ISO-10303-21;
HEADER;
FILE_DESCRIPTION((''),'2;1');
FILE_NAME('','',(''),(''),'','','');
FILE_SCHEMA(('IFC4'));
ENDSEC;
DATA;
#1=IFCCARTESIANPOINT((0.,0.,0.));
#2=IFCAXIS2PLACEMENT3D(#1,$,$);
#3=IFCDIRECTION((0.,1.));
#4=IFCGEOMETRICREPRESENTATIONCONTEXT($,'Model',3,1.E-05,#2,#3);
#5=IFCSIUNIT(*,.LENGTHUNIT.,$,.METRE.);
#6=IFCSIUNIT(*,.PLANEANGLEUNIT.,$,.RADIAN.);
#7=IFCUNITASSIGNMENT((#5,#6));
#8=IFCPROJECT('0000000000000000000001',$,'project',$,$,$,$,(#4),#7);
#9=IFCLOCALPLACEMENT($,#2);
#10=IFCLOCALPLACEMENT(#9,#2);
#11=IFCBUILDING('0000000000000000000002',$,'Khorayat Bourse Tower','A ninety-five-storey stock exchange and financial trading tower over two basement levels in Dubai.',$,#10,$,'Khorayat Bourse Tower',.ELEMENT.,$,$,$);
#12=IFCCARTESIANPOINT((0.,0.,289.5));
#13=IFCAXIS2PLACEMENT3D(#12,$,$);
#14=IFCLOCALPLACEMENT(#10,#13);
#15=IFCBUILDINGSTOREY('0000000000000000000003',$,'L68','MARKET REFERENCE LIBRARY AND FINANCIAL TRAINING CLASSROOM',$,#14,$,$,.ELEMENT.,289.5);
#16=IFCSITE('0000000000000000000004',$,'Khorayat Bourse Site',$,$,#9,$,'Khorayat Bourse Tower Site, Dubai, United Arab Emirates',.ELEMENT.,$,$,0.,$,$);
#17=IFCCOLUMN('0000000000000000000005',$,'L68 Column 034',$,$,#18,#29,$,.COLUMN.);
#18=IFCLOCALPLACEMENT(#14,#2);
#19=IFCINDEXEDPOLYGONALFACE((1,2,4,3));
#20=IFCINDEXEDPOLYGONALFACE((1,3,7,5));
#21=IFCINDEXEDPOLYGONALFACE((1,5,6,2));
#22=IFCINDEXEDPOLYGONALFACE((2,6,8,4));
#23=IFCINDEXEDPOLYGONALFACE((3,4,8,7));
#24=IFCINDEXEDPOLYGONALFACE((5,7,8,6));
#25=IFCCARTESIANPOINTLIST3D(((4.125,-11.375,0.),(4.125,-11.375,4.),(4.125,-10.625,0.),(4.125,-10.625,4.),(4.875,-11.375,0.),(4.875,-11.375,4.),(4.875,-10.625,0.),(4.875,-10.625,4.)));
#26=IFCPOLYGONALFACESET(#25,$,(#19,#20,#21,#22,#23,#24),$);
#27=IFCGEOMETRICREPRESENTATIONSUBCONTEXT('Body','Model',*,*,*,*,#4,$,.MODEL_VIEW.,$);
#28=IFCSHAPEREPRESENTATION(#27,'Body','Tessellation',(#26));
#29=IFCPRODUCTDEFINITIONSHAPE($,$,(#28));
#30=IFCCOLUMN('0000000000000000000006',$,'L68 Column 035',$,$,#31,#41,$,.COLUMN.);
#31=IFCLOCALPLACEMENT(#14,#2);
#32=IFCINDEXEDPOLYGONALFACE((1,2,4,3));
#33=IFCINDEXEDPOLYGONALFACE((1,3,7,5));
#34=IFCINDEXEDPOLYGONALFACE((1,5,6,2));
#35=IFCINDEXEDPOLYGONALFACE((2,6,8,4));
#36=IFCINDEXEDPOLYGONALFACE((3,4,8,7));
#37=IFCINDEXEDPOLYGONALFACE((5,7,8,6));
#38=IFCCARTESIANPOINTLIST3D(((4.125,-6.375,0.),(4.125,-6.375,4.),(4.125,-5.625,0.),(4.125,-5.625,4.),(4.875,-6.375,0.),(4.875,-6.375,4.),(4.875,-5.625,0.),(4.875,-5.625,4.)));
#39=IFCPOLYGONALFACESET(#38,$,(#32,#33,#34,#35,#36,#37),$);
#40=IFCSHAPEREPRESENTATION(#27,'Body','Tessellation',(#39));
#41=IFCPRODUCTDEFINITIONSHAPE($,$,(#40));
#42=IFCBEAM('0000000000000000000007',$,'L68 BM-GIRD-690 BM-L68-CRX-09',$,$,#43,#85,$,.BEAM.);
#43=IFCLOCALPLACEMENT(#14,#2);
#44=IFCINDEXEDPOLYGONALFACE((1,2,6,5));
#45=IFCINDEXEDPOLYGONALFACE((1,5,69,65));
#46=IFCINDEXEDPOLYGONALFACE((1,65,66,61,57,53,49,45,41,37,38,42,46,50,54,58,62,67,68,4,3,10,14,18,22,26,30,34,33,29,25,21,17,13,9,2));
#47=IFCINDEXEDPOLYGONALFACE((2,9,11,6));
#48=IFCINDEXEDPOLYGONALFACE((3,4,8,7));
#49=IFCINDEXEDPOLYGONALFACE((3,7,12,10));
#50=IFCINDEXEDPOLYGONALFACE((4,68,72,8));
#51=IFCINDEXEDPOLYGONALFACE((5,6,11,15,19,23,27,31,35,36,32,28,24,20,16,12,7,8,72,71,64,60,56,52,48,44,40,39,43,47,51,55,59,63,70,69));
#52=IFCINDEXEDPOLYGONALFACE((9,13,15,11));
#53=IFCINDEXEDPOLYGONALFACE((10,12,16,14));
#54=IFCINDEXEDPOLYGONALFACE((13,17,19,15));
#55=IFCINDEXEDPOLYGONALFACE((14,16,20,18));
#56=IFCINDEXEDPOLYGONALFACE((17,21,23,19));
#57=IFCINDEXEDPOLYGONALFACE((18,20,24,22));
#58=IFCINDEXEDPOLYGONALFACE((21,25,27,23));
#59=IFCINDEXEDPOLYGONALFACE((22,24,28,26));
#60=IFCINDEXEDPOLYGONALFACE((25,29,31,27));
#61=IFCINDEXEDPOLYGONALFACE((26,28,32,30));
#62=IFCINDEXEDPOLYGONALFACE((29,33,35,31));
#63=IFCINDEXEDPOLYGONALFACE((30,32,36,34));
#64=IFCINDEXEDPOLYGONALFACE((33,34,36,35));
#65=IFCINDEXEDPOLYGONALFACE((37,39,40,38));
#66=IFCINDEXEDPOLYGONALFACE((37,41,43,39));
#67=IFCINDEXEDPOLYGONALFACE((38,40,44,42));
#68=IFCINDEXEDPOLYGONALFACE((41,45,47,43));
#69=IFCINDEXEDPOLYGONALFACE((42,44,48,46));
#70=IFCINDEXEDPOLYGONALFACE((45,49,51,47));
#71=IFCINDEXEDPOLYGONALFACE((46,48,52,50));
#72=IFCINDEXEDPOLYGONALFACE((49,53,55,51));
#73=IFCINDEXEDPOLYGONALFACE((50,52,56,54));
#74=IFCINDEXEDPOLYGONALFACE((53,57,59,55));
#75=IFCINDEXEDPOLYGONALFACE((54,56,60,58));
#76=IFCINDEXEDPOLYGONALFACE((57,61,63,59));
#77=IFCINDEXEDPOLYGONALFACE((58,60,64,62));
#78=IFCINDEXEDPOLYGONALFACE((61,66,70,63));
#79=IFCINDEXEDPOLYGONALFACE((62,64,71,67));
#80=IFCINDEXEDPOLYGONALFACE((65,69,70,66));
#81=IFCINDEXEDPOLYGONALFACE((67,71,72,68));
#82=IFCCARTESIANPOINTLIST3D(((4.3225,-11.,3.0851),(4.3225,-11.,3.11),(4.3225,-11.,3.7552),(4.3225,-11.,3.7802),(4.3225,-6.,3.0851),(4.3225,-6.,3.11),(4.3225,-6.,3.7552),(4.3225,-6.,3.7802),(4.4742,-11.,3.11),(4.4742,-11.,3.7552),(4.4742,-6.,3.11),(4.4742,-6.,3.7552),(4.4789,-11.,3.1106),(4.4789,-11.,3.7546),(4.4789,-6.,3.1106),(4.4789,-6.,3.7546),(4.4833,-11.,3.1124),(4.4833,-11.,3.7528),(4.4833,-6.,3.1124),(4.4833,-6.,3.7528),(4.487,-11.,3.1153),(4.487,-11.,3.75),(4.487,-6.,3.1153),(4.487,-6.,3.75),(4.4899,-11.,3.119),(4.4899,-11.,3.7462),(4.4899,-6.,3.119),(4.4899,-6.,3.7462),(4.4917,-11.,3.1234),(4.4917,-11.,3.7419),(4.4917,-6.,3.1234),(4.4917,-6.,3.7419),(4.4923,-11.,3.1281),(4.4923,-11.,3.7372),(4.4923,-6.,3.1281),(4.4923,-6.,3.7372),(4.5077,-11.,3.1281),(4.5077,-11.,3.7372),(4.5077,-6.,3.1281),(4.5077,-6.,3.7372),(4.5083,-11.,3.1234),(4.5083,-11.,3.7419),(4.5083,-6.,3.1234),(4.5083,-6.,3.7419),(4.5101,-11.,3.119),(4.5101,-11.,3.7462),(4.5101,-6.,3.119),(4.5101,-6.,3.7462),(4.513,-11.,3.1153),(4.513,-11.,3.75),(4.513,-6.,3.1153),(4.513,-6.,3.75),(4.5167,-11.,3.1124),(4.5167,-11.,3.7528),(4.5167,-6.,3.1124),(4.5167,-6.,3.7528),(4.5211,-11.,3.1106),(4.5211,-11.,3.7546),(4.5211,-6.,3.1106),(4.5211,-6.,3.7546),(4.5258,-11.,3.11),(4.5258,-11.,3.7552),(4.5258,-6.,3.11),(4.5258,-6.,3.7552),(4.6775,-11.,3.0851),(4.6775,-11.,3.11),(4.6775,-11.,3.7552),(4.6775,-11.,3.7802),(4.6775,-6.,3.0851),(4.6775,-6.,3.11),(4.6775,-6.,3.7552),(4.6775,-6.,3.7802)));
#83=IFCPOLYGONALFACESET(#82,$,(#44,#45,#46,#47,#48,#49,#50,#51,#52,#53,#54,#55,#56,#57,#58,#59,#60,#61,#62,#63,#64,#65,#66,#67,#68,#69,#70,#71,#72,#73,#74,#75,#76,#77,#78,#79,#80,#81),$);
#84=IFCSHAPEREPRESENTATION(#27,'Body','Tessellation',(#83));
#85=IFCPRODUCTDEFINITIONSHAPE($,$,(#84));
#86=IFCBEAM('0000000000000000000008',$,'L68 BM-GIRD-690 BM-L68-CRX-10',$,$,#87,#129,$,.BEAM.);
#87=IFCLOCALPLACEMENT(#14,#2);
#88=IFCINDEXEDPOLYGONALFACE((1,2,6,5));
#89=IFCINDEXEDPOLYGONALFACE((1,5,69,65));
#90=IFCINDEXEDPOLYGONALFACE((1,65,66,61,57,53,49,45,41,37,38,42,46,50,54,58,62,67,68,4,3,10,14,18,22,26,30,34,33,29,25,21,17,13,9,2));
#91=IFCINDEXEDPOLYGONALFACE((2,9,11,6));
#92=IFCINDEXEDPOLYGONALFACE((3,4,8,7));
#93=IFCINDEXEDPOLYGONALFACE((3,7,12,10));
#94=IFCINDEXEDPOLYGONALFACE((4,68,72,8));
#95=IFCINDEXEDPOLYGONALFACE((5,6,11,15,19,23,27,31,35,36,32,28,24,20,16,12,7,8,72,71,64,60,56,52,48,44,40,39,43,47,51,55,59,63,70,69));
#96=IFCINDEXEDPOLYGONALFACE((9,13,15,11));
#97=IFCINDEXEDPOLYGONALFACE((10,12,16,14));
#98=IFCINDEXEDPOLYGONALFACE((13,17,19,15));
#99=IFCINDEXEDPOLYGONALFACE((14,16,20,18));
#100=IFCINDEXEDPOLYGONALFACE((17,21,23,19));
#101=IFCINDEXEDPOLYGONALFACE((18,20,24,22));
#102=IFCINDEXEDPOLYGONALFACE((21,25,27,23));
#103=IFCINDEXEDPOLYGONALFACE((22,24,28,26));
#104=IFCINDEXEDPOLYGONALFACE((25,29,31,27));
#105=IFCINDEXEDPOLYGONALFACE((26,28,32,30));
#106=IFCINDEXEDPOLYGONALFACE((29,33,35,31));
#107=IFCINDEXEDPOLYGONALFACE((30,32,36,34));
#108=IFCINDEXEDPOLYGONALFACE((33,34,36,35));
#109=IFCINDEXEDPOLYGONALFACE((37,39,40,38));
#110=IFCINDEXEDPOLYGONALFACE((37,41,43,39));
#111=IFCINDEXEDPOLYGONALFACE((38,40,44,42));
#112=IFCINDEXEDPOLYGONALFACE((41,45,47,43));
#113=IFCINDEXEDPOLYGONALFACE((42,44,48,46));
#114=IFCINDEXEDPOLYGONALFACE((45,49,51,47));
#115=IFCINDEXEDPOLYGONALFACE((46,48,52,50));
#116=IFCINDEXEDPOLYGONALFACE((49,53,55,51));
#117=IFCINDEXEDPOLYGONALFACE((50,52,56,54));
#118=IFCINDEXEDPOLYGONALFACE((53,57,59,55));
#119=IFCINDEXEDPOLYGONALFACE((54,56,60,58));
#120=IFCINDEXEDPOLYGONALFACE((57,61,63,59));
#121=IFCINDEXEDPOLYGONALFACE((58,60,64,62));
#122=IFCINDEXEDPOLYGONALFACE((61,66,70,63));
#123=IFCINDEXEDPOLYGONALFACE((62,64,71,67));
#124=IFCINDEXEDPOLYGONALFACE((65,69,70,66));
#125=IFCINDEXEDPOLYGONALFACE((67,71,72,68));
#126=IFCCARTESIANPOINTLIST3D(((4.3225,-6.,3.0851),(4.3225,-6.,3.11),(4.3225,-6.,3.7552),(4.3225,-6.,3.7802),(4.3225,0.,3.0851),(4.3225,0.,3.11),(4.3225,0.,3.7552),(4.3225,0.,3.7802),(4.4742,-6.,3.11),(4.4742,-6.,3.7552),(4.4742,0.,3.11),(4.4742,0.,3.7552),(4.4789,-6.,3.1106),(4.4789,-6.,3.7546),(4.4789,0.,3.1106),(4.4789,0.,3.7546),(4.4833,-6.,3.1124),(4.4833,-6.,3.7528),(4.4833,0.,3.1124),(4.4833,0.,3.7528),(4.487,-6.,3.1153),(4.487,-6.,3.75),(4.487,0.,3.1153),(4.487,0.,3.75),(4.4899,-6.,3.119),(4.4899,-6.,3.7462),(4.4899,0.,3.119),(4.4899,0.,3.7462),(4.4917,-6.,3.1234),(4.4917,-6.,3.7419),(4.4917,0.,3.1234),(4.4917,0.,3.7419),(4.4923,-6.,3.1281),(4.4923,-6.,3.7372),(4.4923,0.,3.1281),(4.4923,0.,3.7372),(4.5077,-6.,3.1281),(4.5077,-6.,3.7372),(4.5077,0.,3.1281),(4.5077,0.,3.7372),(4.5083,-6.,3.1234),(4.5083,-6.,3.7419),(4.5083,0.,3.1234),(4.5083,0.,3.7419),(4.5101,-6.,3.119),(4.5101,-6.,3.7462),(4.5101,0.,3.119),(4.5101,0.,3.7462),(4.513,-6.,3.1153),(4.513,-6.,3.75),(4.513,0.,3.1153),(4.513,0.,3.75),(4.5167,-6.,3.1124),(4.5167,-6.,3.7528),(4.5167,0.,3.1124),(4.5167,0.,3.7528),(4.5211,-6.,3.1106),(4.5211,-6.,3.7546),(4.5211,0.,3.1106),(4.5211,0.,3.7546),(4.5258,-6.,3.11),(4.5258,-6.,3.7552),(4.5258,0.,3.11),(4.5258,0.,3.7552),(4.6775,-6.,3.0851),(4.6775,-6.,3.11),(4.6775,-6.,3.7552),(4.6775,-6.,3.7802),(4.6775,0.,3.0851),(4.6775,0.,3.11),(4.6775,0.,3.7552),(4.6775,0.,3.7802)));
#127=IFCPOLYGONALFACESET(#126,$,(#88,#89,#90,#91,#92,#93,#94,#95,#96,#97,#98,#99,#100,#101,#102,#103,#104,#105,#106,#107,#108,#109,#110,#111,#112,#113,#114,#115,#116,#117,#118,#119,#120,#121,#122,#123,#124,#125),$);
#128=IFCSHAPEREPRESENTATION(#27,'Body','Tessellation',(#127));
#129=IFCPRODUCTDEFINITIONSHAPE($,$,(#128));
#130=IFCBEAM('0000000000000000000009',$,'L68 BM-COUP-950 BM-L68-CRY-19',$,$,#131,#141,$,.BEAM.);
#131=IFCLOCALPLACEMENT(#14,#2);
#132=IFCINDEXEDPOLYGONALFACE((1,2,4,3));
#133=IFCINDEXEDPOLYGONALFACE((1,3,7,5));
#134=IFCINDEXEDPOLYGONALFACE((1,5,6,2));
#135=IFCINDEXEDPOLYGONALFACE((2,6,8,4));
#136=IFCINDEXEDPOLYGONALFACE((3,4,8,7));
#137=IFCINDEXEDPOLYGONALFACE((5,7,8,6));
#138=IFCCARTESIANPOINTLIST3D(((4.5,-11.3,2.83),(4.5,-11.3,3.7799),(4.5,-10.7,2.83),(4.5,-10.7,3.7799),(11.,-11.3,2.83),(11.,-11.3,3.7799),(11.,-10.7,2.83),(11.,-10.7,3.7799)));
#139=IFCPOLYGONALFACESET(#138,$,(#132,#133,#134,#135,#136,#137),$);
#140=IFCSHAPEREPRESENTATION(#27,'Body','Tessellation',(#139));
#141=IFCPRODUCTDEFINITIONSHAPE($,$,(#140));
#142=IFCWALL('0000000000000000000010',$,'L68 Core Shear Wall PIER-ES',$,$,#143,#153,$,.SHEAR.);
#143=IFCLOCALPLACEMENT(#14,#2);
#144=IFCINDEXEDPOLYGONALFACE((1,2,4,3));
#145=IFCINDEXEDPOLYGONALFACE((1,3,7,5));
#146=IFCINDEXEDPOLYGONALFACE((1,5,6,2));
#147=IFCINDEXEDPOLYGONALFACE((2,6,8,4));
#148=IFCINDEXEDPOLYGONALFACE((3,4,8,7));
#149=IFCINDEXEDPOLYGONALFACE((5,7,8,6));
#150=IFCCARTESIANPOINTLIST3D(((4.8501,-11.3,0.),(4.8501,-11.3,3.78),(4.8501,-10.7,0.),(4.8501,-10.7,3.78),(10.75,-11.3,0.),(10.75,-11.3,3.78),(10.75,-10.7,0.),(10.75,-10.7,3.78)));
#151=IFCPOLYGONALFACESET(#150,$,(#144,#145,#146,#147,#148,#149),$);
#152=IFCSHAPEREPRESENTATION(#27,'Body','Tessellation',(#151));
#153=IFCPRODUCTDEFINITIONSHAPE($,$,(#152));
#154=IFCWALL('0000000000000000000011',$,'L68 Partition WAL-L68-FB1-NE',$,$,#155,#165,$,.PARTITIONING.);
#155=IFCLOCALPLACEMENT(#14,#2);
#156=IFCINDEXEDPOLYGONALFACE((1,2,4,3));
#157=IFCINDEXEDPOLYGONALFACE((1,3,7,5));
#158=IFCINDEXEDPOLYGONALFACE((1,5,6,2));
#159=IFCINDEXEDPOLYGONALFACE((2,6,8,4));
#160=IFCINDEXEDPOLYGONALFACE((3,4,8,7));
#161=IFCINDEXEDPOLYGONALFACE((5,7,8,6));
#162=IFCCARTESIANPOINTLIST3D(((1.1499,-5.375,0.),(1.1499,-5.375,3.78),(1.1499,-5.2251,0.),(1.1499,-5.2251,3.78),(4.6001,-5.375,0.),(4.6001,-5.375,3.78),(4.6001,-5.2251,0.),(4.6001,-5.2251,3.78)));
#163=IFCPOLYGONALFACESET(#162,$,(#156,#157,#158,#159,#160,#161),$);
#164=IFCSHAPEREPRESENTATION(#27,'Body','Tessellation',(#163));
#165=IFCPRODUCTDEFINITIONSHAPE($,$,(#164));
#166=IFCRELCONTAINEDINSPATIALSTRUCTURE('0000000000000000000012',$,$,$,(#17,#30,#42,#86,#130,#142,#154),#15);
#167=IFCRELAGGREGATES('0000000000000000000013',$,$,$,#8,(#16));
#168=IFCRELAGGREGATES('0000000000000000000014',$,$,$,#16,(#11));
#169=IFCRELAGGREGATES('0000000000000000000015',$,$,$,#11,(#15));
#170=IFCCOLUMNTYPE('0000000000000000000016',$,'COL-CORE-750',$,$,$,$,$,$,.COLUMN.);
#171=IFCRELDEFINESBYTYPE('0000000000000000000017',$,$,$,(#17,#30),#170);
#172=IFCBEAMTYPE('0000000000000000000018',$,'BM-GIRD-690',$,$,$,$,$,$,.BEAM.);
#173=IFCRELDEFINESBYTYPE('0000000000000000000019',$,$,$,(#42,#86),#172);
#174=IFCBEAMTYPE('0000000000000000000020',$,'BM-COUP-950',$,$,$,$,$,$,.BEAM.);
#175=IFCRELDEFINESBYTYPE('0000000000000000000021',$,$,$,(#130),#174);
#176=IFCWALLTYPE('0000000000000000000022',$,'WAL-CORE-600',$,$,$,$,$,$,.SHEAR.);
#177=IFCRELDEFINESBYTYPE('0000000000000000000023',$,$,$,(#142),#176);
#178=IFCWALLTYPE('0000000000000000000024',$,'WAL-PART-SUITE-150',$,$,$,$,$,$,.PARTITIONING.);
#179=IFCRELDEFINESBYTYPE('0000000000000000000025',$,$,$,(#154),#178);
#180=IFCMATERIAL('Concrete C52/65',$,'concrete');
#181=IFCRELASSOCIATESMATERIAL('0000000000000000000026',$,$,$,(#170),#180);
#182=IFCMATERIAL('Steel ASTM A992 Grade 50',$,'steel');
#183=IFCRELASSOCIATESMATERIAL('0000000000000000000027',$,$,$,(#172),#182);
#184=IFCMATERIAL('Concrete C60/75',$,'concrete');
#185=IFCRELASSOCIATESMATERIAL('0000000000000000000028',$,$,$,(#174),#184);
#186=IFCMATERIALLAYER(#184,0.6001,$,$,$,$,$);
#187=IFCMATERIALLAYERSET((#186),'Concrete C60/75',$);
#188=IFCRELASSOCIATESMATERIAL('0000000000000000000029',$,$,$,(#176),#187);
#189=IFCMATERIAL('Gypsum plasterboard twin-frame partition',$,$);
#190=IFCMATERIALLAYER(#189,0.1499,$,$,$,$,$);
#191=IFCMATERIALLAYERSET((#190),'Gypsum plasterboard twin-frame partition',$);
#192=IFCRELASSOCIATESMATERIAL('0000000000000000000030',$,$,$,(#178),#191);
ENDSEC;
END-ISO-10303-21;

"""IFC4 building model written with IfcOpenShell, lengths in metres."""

from ifc_helpers import new_model, si_unit, direction, frame, frame_2d, origin, origin_2d, place, context, subcontext, project, spatial, rectangle, i_section, extrude, source, transform, mapped, material, layer, layer_set, material_profile, profile_set, type_object, element, save


model = new_model("IFC4")

# Units and contexts
model_context = context("Model", 3, precision=1e-05, world=origin(), true_north=direction((0.0, 1.0)))
body_context = subcontext(model_context, "Body", "Model", "MODEL_VIEW")
ifc_project = project(units=[si_unit("LENGTHUNIT", "METRE"), si_unit("PLANEANGLEUNIT", "RADIAN")], contexts=[model_context])

# Site, building, storey
site_placement = place(None, origin())
site = spatial("IfcSite", under=ifc_project, at=site_placement, Name="Khorayat Bourse Site", LongName="Khorayat Bourse Tower Site, Dubai, United Arab Emirates", CompositionType="ELEMENT", RefElevation=0.0)
building_placement = place(site_placement, origin())
building = spatial("IfcBuilding", under=site, at=building_placement, Name="Khorayat Bourse Tower", Description="A ninety-five-storey stock exchange and financial trading tower over two basement levels in Dubai.", LongName="Khorayat Bourse Tower", CompositionType="ELEMENT")
storey_placement = place(building_placement, frame((0.0, 0.0, 289.5)))
storey = spatial("IfcBuildingStorey", under=building, at=storey_placement, Name="L68", Description="MARKET REFERENCE LIBRARY AND FINANCIAL TRAINING CLASSROOM", CompositionType="ELEMENT", Elevation=289.5)

# Columns
ifc_material_1 = material(Name="Concrete C52/65", Category="concrete")
ifc_material_profile_1 = material_profile(ifc_material_1, rectangle(XDim=0.75, YDim=0.75, at=origin_2d()), Name="RC 750x750")
ifc_profile_set_1 = profile_set([ifc_material_profile_1], Name="Concrete C52/65")
column_type = type_object("IfcColumnType", Name="COL-CORE-750", PredefinedType="COLUMN", material=ifc_profile_set_1)
shared_shape_1 = source(origin(), body_context, "Body", "SweptSolid", [
    extrude(rectangle(XDim=0.75, YDim=0.75, at=origin_2d()), origin(), (0.0, 0.0, 1.0), 4.0),
])
for number, where, z_axis, x_axis, name in (
    (1, (4.5, -11.0, 0.0), (0.0, 0.0, 1.0), (1.0, 0.0, 0.0), "L68 Column 034"),
    (2, (4.5, -6.0, 0.0), (0.0, 0.0, 1.0), (1.0, 0.0, 0.0), "L68 Column 035"),
):
    element("IfcColumn", number, at=place(storey_placement, frame(where, z_axis=z_axis, x_axis=x_axis)), inside=storey, type_object=column_type, Name=name, PredefinedType="COLUMN", context=body_context, shape_type="MappedRepresentation", body=[
        mapped(shared_shape_1, transform((0.0, 0.0, 0.0), scale=1.0)),
    ])

# Beams
ifc_material_2 = material(Name="Steel ASTM A992 Grade 50", Category="steel")
ifc_material_profile_2 = material_profile(ifc_material_2, i_section(OverallWidth=0.355, OverallDepth=0.6951, WebThickness=0.0154, FlangeThickness=0.0249, FilletRadius=0.0181, at=origin_2d()), Name="W690X217")
ifc_profile_set_2 = profile_set([ifc_material_profile_2], Name="Steel ASTM A992 Grade 50")
beam_type_1 = type_object("IfcBeamType", Name="BM-GIRD-690", PredefinedType="BEAM", material=ifc_profile_set_2)
shared_shape_2 = source(origin(), body_context, "Body", "SweptSolid", [
    extrude(i_section(OverallWidth=0.355, OverallDepth=0.6951, WebThickness=0.0154, FlangeThickness=0.0249, FilletRadius=0.0181, at=origin_2d()), origin(), (0.0, 0.0, 1.0), 5.0),
])
beam_1_placement = place(storey_placement, frame((4.5, -11.0, 3.4326), z_axis=(0.0, 1.0, 0.0), x_axis=(-1.0, 0.0, 0.0)))
element("IfcBeam", 3, at=beam_1_placement, inside=storey, type_object=beam_type_1, Name="L68 BM-GIRD-690 BM-L68-CRX-09", PredefinedType="BEAM", context=body_context, shape_type="MappedRepresentation", body=[
    mapped(shared_shape_2, transform((0.0, 0.0, 0.0), scale=1.0)),
])
shared_shape_3 = source(origin(), body_context, "Body", "SweptSolid", [
    extrude(i_section(OverallWidth=0.355, OverallDepth=0.6951, WebThickness=0.0154, FlangeThickness=0.0249, FilletRadius=0.0181, at=origin_2d()), origin(), (0.0, 0.0, 1.0), 6.0),
])
beam_2_placement = place(storey_placement, frame((4.5, -6.0, 3.4326), z_axis=(0.0, 1.0, 0.0), x_axis=(-1.0, 0.0, 0.0)))
element("IfcBeam", 4, at=beam_2_placement, inside=storey, type_object=beam_type_1, Name="L68 BM-GIRD-690 BM-L68-CRX-10", PredefinedType="BEAM", context=body_context, shape_type="MappedRepresentation", body=[
    mapped(shared_shape_3, transform((0.0, 0.0, 0.0), scale=1.0)),
])
ifc_material_3 = material(Name="Concrete C60/75", Category="concrete")
ifc_material_profile_3 = material_profile(ifc_material_3, rectangle(XDim=0.6001, YDim=0.95, at=origin_2d()), Name="RC 600x950")
ifc_profile_set_3 = profile_set([ifc_material_profile_3], Name="Concrete C60/75")
beam_type_2 = type_object("IfcBeamType", Name="BM-COUP-950", PredefinedType="BEAM", material=ifc_profile_set_3)
shared_shape_4 = source(origin(), body_context, "Body", "SweptSolid", [
    extrude(rectangle(XDim=0.6001, YDim=0.95, at=origin_2d()), origin(), (0.0, 0.0, 1.0), 6.5),
])
beam_3_placement = place(storey_placement, frame((4.5, -11.0, 3.3049), z_axis=(1.0, 0.0, 0.0), x_axis=(0.0, 1.0, 0.0)))
element("IfcBeam", 5, at=beam_3_placement, inside=storey, type_object=beam_type_2, Name="L68 BM-COUP-950 BM-L68-CRY-19", PredefinedType="BEAM", context=body_context, shape_type="MappedRepresentation", body=[
    mapped(shared_shape_4, transform((0.0, 0.0, 0.0), scale=1.0)),
])

# Walls
ifc_layer_1 = layer(ifc_material_3, 0.6001)
ifc_layer_set_1 = layer_set([ifc_layer_1], Name="Concrete C60/75")
wall_type_1 = type_object("IfcWallType", Name="WAL-CORE-600", PredefinedType="SHEAR", material=ifc_layer_set_1)
shared_shape_5 = source(origin(), body_context, "Body", "SweptSolid", [
    extrude(rectangle(XDim=5.8999, YDim=0.6001, at=frame_2d((2.95, 0.0))), origin(), (0.0, 0.0, 1.0), 3.78),
])
wall_1_placement = place(storey_placement, frame((4.8501, -11.0, 0.0), z_axis=(0.0, 0.0, 1.0), x_axis=(1.0, 0.0, 0.0)))
element("IfcWall", 6, at=wall_1_placement, inside=storey, type_object=wall_type_1, Name="L68 Core Shear Wall PIER-ES", PredefinedType="SHEAR", context=body_context, shape_type="MappedRepresentation", body=[
    mapped(shared_shape_5, transform((0.0, 0.0, 0.0), scale=1.0)),
])
ifc_material_4 = material(Name="Gypsum plasterboard twin-frame partition")
ifc_layer_2 = layer(ifc_material_4, 0.1499)
ifc_layer_set_2 = layer_set([ifc_layer_2], Name="Gypsum plasterboard twin-frame partition")
wall_type_2 = type_object("IfcWallType", Name="WAL-PART-SUITE-150", PredefinedType="PARTITIONING", material=ifc_layer_set_2)
shared_shape_6 = source(origin(), body_context, "Body", "SweptSolid", [
    extrude(rectangle(XDim=3.4502, YDim=0.1499, at=frame_2d((1.7251, 0.0))), origin(), (0.0, 0.0, 1.0), 3.78),
])
wall_2_placement = place(storey_placement, frame((1.1499, -5.3, 0.0), z_axis=(0.0, 0.0, 1.0), x_axis=(1.0, 0.0, 0.0)))
element("IfcWall", 7, at=wall_2_placement, inside=storey, type_object=wall_type_2, Name="L68 Partition WAL-L68-FB1-NE", PredefinedType="PARTITIONING", context=body_context, shape_type="MappedRepresentation", body=[
    mapped(shared_shape_6, transform((0.0, 0.0, 0.0), scale=1.0)),
])

save(model, "model.ifc")
